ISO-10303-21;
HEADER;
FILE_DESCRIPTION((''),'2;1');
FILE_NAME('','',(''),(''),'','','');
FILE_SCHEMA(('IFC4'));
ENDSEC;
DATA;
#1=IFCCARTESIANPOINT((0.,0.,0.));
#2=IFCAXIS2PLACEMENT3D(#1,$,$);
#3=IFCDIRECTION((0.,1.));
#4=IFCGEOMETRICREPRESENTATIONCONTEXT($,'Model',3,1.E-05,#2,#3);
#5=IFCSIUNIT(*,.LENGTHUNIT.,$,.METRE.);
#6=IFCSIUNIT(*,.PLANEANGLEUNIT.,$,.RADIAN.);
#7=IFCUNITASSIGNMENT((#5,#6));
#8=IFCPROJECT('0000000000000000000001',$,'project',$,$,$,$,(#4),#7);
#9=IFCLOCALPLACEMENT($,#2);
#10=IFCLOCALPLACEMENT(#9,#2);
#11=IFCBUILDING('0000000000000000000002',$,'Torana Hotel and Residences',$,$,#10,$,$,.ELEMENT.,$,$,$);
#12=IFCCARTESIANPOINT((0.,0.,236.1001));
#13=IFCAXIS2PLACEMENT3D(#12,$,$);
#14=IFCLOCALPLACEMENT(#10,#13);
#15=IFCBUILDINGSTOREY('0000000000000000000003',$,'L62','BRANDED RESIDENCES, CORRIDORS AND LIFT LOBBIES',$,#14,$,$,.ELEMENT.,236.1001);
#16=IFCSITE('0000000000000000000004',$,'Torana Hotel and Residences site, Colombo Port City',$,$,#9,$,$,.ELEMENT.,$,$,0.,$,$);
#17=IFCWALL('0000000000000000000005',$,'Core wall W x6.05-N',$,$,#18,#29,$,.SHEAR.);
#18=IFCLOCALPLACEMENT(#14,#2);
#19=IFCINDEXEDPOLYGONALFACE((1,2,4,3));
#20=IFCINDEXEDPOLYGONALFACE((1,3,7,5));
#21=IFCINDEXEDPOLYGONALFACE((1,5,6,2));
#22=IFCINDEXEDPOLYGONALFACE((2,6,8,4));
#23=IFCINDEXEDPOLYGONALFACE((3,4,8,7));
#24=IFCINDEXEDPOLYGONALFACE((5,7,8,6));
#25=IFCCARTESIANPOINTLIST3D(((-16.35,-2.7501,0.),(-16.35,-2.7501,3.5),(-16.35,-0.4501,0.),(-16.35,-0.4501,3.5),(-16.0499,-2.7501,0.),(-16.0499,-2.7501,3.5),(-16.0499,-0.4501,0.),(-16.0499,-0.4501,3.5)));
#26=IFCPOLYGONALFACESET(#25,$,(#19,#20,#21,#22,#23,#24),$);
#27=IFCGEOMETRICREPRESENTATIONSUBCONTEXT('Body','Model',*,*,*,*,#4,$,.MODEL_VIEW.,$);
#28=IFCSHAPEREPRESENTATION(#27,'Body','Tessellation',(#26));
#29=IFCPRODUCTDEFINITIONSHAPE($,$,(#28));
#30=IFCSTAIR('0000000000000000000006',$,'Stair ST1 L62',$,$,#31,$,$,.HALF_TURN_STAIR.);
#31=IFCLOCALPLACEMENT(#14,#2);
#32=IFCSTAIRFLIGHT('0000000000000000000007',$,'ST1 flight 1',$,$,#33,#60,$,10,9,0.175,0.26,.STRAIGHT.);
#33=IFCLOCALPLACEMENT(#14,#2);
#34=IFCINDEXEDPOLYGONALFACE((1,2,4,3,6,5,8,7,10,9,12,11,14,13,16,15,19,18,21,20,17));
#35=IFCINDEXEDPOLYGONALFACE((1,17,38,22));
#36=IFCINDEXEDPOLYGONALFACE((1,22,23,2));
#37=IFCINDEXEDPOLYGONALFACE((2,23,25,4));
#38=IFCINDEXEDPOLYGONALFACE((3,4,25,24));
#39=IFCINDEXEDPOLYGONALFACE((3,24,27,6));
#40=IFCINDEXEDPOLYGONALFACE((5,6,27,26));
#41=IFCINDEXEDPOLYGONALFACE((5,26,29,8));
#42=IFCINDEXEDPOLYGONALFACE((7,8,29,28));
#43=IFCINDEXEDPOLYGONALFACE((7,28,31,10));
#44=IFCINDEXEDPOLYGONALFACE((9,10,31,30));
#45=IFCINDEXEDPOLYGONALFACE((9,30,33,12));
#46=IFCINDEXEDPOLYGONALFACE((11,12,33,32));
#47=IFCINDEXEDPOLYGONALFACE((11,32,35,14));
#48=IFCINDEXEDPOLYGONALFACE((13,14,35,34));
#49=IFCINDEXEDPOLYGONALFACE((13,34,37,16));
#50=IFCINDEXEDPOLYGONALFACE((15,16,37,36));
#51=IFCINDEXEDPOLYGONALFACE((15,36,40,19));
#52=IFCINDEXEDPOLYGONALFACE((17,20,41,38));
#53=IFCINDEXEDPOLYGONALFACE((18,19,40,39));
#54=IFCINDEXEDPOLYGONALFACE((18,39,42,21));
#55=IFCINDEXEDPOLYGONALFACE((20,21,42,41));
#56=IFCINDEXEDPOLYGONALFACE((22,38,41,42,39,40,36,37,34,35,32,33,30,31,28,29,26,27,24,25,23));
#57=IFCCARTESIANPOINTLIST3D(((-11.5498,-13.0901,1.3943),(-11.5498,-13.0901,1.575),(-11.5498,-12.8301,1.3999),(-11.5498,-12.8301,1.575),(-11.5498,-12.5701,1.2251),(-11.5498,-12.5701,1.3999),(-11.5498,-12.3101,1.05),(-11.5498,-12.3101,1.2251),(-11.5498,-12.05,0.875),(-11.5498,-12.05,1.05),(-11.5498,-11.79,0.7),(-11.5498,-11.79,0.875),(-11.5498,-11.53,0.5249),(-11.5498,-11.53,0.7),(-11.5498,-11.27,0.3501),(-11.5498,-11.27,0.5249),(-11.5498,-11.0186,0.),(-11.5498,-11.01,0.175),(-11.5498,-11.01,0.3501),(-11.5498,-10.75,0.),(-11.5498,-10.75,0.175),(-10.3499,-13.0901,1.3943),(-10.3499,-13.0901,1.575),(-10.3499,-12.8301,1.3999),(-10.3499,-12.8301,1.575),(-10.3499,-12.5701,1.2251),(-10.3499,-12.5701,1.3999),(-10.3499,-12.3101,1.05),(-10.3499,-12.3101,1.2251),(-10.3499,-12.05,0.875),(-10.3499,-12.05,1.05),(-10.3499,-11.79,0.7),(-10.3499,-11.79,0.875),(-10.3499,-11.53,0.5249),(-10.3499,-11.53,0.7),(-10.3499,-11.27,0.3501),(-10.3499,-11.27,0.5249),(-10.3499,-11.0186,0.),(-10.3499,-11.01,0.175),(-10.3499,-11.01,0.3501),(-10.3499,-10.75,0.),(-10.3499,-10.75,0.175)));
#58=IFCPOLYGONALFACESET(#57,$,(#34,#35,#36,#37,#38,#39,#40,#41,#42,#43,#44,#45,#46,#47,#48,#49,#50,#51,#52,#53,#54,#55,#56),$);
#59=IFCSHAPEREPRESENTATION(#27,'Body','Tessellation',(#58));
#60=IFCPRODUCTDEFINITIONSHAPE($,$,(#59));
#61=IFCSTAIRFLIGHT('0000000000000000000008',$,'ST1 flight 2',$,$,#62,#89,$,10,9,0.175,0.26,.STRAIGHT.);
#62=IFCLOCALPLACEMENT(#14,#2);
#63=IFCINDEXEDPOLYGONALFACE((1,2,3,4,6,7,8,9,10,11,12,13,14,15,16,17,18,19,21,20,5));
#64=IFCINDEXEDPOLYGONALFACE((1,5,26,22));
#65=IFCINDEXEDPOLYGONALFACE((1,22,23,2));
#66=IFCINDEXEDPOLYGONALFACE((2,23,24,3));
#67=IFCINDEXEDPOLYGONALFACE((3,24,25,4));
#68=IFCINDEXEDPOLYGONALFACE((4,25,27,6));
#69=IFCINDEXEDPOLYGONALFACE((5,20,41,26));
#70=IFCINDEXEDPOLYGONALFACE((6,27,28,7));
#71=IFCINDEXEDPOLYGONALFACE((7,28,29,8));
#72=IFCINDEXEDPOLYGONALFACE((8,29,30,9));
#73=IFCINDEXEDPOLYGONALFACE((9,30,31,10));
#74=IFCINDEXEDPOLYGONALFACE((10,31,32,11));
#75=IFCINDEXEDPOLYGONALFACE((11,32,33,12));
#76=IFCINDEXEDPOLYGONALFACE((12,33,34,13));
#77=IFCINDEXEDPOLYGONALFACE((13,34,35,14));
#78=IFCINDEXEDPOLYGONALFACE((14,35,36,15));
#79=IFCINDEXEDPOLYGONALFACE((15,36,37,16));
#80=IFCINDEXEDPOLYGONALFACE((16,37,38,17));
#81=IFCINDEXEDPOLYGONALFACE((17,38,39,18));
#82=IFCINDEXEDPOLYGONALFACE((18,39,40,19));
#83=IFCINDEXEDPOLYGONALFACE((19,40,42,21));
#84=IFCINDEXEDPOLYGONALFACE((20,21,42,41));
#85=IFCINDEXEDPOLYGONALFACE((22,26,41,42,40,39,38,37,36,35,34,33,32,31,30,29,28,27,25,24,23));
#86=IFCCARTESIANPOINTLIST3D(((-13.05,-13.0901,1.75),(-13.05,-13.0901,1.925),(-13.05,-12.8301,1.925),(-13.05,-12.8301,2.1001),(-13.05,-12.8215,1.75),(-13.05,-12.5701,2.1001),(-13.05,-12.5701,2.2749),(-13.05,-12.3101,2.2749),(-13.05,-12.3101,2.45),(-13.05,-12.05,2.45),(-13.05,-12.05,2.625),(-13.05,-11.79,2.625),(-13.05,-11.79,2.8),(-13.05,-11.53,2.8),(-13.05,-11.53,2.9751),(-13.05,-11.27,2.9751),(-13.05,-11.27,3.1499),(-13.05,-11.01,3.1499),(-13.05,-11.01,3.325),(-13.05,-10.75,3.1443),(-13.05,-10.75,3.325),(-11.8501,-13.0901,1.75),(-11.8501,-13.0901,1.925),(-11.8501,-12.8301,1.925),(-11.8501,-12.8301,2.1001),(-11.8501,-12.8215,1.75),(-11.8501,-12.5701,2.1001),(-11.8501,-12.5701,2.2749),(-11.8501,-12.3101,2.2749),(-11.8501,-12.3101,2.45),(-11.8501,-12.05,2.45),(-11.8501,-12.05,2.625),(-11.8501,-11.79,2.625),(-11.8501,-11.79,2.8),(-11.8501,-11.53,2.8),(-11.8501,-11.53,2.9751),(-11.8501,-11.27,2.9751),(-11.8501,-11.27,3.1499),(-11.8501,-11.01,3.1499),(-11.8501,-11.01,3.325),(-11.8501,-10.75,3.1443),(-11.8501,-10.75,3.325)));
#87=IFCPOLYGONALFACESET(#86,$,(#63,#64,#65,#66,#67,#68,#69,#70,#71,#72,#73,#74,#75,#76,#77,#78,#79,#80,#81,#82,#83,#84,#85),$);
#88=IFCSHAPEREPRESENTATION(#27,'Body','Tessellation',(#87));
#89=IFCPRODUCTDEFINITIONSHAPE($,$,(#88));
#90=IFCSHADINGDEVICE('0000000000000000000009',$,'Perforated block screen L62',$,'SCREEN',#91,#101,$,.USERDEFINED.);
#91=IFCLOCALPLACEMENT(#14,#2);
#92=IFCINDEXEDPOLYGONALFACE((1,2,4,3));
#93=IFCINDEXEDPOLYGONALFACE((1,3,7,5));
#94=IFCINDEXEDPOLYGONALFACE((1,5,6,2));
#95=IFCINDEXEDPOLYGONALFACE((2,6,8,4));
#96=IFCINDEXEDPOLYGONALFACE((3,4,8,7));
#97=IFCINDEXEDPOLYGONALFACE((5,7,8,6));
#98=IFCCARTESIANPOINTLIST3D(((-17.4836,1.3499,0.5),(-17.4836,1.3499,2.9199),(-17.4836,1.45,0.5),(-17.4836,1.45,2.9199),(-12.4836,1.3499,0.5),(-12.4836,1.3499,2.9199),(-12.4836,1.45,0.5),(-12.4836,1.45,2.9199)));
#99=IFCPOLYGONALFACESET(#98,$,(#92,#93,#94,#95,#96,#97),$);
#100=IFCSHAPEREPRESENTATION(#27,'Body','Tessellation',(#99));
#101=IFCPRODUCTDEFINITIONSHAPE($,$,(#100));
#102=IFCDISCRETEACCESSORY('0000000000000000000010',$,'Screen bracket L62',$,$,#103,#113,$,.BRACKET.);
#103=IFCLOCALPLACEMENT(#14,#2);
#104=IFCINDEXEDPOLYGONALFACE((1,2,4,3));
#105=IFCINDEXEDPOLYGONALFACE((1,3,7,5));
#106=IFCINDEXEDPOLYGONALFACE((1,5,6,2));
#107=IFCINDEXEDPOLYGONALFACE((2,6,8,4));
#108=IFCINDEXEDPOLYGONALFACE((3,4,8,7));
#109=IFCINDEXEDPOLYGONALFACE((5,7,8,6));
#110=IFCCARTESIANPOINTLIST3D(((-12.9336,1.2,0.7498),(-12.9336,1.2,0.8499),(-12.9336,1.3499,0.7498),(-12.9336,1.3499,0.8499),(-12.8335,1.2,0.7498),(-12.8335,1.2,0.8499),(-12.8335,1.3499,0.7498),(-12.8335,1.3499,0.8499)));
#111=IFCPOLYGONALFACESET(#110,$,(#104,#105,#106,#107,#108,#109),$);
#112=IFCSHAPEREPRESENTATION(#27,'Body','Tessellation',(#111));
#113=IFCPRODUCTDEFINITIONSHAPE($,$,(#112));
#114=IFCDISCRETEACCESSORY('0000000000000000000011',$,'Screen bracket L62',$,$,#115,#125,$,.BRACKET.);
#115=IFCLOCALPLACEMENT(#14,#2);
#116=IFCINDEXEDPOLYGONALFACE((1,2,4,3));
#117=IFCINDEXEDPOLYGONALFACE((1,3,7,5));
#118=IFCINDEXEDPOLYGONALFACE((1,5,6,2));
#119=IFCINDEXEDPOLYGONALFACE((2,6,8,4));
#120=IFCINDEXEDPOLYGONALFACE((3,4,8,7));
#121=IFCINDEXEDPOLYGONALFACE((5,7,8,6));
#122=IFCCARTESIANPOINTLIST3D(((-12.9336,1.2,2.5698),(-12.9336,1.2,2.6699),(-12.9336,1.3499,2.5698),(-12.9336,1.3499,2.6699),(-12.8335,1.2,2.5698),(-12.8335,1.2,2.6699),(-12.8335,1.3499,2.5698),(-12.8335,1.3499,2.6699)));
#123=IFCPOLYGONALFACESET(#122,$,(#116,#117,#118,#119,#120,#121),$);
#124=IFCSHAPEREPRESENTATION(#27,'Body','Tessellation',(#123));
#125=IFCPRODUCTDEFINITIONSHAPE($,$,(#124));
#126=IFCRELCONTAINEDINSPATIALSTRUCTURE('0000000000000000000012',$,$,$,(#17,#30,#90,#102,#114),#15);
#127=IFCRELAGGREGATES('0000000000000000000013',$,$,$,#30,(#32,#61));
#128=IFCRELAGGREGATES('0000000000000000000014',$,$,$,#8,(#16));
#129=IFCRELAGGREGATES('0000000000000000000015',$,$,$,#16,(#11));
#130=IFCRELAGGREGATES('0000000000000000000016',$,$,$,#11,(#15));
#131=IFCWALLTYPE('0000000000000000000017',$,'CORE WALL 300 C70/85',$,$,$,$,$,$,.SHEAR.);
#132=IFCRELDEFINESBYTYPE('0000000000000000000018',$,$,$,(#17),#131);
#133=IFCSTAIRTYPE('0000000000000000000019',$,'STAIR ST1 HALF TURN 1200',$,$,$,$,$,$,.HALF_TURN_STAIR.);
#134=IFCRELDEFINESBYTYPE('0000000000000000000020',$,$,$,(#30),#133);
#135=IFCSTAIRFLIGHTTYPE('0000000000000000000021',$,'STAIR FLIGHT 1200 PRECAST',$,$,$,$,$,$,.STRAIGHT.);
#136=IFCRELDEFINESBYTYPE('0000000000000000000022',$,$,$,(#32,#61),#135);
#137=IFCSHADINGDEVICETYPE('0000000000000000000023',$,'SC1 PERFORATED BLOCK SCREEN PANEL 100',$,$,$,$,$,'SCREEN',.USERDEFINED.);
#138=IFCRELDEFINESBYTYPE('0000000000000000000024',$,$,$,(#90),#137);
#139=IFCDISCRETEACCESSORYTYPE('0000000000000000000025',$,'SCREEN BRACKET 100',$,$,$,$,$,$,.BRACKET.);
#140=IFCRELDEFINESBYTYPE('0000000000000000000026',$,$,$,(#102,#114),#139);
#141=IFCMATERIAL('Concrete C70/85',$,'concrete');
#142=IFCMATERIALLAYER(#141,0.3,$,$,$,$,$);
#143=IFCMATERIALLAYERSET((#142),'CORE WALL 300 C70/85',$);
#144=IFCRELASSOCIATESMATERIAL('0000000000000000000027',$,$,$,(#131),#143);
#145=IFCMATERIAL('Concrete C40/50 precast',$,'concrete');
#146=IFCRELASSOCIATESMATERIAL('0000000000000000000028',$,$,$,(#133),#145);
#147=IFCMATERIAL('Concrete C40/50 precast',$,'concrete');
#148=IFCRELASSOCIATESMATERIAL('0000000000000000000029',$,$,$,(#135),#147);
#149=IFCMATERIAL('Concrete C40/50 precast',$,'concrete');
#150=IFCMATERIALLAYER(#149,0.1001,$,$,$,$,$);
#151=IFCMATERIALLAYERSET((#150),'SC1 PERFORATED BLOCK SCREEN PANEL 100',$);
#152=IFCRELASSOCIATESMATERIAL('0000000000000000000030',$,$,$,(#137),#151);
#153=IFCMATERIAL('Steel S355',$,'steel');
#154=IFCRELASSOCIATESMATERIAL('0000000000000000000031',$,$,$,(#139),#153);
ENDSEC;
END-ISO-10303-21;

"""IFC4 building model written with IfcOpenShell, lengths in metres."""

from ifc_helpers import new_model, si_unit, direction, frame, frame_2d, origin, origin_2d, place, context, subcontext, project, spatial, polyline, rectangle, outline, extrude, material, layer, layer_set, type_object, element, aggregate, save


model = new_model("IFC4")

# Units and contexts
model_context = context("Model", 3, precision=1e-05, world=origin(), true_north=direction((0.0, 1.0)))
body_context = subcontext(model_context, "Body", "Model", "MODEL_VIEW")
ifc_project = project(units=[si_unit("LENGTHUNIT", "METRE"), si_unit("PLANEANGLEUNIT", "RADIAN")], contexts=[model_context])

# Site, building, storey
site_placement = place(None, origin())
site = spatial("IfcSite", under=ifc_project, at=site_placement, Name="Torana Hotel and Residences site, Colombo Port City", CompositionType="ELEMENT", RefElevation=0.0)
building_placement = place(site_placement, origin())
building = spatial("IfcBuilding", under=site, at=building_placement, Name="Torana Hotel and Residences", CompositionType="ELEMENT")
storey_placement = place(building_placement, frame((0.0, 0.0, 236.1001)))
storey = spatial("IfcBuildingStorey", under=building, at=storey_placement, Name="L62", Description="BRANDED RESIDENCES, CORRIDORS AND LIFT LOBBIES", CompositionType="ELEMENT", Elevation=236.1001)

# Shared definitions
ifc_material_1 = material(Name="Concrete C70/85", Category="concrete")
ifc_layer_1 = layer(ifc_material_1, 0.3)
ifc_layer_set_1 = layer_set([ifc_layer_1], Name="CORE WALL 300 C70/85")
wall_type_1 = type_object("IfcWallType", Name="CORE WALL 300 C70/85", PredefinedType="SHEAR", material=ifc_layer_set_1)

# Wall
wall_1_placement = place(storey_placement, frame((-16.2, -2.75, 0.0), z_axis=(0.0, 0.0, 1.0), x_axis=(0.0, 1.0, 0.0)))
element("IfcWall", 1, at=wall_1_placement, inside=storey, type_object=wall_type_1, Name="Core wall W x6.05-N", PredefinedType="SHEAR", context=body_context, shape_type="SweptSolid", body=[
    extrude(rectangle(XDim=2.3, YDim=0.3, at=frame_2d((1.1499, 0.0))), origin(), (0.0, 0.0, 1.0), 3.5),
])

# Stair, stair flights
ifc_material_2 = material(Name="Concrete C40/50 precast", Category="concrete")
stair_type = type_object("IfcStairType", Name="STAIR ST1 HALF TURN 1200", PredefinedType="HALF_TURN_STAIR", material=ifc_material_2)
stair_placement = place(storey_placement, origin())
stair = element("IfcStair", 2, at=stair_placement, inside=storey, type_object=stair_type, Name="Stair ST1 L62", PredefinedType="HALF_TURN_STAIR")
ifc_material_3 = material(Name="Concrete C40/50 precast", Category="concrete")
stair_flight_type = type_object("IfcStairFlightType", Name="STAIR FLIGHT 1200 PRECAST", PredefinedType="STRAIGHT", material=ifc_material_3)
stair_flight_1_placement = place(storey_placement, frame((-10.95, -10.75, 0.0), z_axis=(0.0, 0.0, 1.0), x_axis=(0.0, -1.0, 0.0)))
stair_flight_1 = element("IfcStairFlight", 3, at=stair_flight_1_placement, type_object=stair_flight_type, Name="ST1 flight 1", NumberOfRisers=10, NumberOfTreads=9, PredefinedType="STRAIGHT", RiserHeight=0.175, TreadLength=0.26, context=body_context, shape_type="SweptSolid", body=[
    extrude(outline(polyline([(0.0, 0.0), (0.0, 0.175), (0.26, 0.175), (0.26, 0.3501), (0.52, 0.3501), (0.52, 0.5249), (0.78, 0.5249), (0.78, 0.7), (1.04, 0.7), (1.04, 0.875), (1.3, 0.875), (1.3, 1.05), (1.5601, 1.05), (1.5601, 1.2251), (1.8201, 1.2251), (1.8201, 1.3999), (2.0801, 1.3999), (2.0801, 1.575), (2.3401, 1.575), (2.3401, 1.75), (2.3401, 1.3943), (0.2686, 0.0), (0.0, 0.0)])), frame((0.0, 0.6001, 0.0), z_axis=(0.0, -1.0, 0.0), x_axis=(1.0, 0.0, 0.0)), (0.0, 0.0, 1.0), 1.2),
])
stair_flight_2_placement = place(storey_placement, frame((-12.45, -13.0901, 1.75), z_axis=(0.0, 0.0, 1.0), x_axis=(0.0, 1.0, 0.0)))
stair_flight_2 = element("IfcStairFlight", 4, at=stair_flight_2_placement, type_object=stair_flight_type, Name="ST1 flight 2", NumberOfRisers=10, NumberOfTreads=9, PredefinedType="STRAIGHT", RiserHeight=0.175, TreadLength=0.26, context=body_context, shape_type="SweptSolid", body=[
    extrude(outline(polyline([(0.0, 0.0), (0.0, 0.175), (0.26, 0.175), (0.26, 0.3501), (0.52, 0.3501), (0.52, 0.5249), (0.78, 0.5249), (0.78, 0.7), (1.04, 0.7), (1.04, 0.875), (1.3, 0.875), (1.3, 1.05), (1.5601, 1.05), (1.5601, 1.2251), (1.8201, 1.2251), (1.8201, 1.3999), (2.0801, 1.3999), (2.0801, 1.575), (2.3401, 1.575), (2.3401, 1.75), (2.3401, 1.3943), (0.2686, 0.0), (0.0, 0.0)])), frame((0.0, 0.6001, 0.0), z_axis=(0.0, -1.0, 0.0), x_axis=(1.0, 0.0, 0.0)), (0.0, 0.0, 1.0), 1.2),
])
aggregate(stair, [stair_flight_1, stair_flight_2])

# Shading device
ifc_material_4 = material(Name="Concrete C40/50 precast", Category="concrete")
ifc_layer_2 = layer(ifc_material_4, 0.1001)
ifc_layer_set_2 = layer_set([ifc_layer_2], Name="SC1 PERFORATED BLOCK SCREEN PANEL 100")
shading_device_type = type_object("IfcShadingDeviceType", Name="SC1 PERFORATED BLOCK SCREEN PANEL 100", ElementType="SCREEN", PredefinedType="USERDEFINED", material=ifc_layer_set_2)
shading_device_placement = place(storey_placement, frame((-14.9836, 1.3999, 0.5), z_axis=(0.0, 0.0, 1.0), x_axis=(-1.0, 0.0, 0.0)))
element("IfcShadingDevice", 5, at=shading_device_placement, inside=storey, type_object=shading_device_type, Name="Perforated block screen L62", ObjectType="SCREEN", PredefinedType="USERDEFINED", context=body_context, shape_type="SweptSolid", body=[
    extrude(rectangle(XDim=5.0, YDim=0.1001, at=origin_2d()), origin(), (0.0, 0.0, 1.0), 2.4199),
])

# Discrete accessories
ifc_material_5 = material(Name="Steel S355", Category="steel")
discrete_accessory_type = type_object("IfcDiscreteAccessoryType", Name="SCREEN BRACKET 100", PredefinedType="BRACKET", material=ifc_material_5)
for number, where, z_axis, x_axis, name in (
    (6, (-12.8835, 1.2749, 0.7498), (0.0, 0.0, 1.0), (-1.0, 0.0, 0.0), "Screen bracket L62"),
    (7, (-12.8835, 1.2749, 2.5698), (0.0, 0.0, 1.0), (-1.0, 0.0, 0.0), "Screen bracket L62"),
):
    element("IfcDiscreteAccessory", number, at=place(storey_placement, frame(where, z_axis=z_axis, x_axis=x_axis)), inside=storey, type_object=discrete_accessory_type, Name=name, PredefinedType="BRACKET", context=body_context, shape_type="SweptSolid", body=[
        extrude(rectangle(XDim=0.1001, YDim=0.1499, at=origin_2d()), origin(), (0.0, 0.0, 1.0), 0.1001),
    ])

save(model, "model.ifc")
